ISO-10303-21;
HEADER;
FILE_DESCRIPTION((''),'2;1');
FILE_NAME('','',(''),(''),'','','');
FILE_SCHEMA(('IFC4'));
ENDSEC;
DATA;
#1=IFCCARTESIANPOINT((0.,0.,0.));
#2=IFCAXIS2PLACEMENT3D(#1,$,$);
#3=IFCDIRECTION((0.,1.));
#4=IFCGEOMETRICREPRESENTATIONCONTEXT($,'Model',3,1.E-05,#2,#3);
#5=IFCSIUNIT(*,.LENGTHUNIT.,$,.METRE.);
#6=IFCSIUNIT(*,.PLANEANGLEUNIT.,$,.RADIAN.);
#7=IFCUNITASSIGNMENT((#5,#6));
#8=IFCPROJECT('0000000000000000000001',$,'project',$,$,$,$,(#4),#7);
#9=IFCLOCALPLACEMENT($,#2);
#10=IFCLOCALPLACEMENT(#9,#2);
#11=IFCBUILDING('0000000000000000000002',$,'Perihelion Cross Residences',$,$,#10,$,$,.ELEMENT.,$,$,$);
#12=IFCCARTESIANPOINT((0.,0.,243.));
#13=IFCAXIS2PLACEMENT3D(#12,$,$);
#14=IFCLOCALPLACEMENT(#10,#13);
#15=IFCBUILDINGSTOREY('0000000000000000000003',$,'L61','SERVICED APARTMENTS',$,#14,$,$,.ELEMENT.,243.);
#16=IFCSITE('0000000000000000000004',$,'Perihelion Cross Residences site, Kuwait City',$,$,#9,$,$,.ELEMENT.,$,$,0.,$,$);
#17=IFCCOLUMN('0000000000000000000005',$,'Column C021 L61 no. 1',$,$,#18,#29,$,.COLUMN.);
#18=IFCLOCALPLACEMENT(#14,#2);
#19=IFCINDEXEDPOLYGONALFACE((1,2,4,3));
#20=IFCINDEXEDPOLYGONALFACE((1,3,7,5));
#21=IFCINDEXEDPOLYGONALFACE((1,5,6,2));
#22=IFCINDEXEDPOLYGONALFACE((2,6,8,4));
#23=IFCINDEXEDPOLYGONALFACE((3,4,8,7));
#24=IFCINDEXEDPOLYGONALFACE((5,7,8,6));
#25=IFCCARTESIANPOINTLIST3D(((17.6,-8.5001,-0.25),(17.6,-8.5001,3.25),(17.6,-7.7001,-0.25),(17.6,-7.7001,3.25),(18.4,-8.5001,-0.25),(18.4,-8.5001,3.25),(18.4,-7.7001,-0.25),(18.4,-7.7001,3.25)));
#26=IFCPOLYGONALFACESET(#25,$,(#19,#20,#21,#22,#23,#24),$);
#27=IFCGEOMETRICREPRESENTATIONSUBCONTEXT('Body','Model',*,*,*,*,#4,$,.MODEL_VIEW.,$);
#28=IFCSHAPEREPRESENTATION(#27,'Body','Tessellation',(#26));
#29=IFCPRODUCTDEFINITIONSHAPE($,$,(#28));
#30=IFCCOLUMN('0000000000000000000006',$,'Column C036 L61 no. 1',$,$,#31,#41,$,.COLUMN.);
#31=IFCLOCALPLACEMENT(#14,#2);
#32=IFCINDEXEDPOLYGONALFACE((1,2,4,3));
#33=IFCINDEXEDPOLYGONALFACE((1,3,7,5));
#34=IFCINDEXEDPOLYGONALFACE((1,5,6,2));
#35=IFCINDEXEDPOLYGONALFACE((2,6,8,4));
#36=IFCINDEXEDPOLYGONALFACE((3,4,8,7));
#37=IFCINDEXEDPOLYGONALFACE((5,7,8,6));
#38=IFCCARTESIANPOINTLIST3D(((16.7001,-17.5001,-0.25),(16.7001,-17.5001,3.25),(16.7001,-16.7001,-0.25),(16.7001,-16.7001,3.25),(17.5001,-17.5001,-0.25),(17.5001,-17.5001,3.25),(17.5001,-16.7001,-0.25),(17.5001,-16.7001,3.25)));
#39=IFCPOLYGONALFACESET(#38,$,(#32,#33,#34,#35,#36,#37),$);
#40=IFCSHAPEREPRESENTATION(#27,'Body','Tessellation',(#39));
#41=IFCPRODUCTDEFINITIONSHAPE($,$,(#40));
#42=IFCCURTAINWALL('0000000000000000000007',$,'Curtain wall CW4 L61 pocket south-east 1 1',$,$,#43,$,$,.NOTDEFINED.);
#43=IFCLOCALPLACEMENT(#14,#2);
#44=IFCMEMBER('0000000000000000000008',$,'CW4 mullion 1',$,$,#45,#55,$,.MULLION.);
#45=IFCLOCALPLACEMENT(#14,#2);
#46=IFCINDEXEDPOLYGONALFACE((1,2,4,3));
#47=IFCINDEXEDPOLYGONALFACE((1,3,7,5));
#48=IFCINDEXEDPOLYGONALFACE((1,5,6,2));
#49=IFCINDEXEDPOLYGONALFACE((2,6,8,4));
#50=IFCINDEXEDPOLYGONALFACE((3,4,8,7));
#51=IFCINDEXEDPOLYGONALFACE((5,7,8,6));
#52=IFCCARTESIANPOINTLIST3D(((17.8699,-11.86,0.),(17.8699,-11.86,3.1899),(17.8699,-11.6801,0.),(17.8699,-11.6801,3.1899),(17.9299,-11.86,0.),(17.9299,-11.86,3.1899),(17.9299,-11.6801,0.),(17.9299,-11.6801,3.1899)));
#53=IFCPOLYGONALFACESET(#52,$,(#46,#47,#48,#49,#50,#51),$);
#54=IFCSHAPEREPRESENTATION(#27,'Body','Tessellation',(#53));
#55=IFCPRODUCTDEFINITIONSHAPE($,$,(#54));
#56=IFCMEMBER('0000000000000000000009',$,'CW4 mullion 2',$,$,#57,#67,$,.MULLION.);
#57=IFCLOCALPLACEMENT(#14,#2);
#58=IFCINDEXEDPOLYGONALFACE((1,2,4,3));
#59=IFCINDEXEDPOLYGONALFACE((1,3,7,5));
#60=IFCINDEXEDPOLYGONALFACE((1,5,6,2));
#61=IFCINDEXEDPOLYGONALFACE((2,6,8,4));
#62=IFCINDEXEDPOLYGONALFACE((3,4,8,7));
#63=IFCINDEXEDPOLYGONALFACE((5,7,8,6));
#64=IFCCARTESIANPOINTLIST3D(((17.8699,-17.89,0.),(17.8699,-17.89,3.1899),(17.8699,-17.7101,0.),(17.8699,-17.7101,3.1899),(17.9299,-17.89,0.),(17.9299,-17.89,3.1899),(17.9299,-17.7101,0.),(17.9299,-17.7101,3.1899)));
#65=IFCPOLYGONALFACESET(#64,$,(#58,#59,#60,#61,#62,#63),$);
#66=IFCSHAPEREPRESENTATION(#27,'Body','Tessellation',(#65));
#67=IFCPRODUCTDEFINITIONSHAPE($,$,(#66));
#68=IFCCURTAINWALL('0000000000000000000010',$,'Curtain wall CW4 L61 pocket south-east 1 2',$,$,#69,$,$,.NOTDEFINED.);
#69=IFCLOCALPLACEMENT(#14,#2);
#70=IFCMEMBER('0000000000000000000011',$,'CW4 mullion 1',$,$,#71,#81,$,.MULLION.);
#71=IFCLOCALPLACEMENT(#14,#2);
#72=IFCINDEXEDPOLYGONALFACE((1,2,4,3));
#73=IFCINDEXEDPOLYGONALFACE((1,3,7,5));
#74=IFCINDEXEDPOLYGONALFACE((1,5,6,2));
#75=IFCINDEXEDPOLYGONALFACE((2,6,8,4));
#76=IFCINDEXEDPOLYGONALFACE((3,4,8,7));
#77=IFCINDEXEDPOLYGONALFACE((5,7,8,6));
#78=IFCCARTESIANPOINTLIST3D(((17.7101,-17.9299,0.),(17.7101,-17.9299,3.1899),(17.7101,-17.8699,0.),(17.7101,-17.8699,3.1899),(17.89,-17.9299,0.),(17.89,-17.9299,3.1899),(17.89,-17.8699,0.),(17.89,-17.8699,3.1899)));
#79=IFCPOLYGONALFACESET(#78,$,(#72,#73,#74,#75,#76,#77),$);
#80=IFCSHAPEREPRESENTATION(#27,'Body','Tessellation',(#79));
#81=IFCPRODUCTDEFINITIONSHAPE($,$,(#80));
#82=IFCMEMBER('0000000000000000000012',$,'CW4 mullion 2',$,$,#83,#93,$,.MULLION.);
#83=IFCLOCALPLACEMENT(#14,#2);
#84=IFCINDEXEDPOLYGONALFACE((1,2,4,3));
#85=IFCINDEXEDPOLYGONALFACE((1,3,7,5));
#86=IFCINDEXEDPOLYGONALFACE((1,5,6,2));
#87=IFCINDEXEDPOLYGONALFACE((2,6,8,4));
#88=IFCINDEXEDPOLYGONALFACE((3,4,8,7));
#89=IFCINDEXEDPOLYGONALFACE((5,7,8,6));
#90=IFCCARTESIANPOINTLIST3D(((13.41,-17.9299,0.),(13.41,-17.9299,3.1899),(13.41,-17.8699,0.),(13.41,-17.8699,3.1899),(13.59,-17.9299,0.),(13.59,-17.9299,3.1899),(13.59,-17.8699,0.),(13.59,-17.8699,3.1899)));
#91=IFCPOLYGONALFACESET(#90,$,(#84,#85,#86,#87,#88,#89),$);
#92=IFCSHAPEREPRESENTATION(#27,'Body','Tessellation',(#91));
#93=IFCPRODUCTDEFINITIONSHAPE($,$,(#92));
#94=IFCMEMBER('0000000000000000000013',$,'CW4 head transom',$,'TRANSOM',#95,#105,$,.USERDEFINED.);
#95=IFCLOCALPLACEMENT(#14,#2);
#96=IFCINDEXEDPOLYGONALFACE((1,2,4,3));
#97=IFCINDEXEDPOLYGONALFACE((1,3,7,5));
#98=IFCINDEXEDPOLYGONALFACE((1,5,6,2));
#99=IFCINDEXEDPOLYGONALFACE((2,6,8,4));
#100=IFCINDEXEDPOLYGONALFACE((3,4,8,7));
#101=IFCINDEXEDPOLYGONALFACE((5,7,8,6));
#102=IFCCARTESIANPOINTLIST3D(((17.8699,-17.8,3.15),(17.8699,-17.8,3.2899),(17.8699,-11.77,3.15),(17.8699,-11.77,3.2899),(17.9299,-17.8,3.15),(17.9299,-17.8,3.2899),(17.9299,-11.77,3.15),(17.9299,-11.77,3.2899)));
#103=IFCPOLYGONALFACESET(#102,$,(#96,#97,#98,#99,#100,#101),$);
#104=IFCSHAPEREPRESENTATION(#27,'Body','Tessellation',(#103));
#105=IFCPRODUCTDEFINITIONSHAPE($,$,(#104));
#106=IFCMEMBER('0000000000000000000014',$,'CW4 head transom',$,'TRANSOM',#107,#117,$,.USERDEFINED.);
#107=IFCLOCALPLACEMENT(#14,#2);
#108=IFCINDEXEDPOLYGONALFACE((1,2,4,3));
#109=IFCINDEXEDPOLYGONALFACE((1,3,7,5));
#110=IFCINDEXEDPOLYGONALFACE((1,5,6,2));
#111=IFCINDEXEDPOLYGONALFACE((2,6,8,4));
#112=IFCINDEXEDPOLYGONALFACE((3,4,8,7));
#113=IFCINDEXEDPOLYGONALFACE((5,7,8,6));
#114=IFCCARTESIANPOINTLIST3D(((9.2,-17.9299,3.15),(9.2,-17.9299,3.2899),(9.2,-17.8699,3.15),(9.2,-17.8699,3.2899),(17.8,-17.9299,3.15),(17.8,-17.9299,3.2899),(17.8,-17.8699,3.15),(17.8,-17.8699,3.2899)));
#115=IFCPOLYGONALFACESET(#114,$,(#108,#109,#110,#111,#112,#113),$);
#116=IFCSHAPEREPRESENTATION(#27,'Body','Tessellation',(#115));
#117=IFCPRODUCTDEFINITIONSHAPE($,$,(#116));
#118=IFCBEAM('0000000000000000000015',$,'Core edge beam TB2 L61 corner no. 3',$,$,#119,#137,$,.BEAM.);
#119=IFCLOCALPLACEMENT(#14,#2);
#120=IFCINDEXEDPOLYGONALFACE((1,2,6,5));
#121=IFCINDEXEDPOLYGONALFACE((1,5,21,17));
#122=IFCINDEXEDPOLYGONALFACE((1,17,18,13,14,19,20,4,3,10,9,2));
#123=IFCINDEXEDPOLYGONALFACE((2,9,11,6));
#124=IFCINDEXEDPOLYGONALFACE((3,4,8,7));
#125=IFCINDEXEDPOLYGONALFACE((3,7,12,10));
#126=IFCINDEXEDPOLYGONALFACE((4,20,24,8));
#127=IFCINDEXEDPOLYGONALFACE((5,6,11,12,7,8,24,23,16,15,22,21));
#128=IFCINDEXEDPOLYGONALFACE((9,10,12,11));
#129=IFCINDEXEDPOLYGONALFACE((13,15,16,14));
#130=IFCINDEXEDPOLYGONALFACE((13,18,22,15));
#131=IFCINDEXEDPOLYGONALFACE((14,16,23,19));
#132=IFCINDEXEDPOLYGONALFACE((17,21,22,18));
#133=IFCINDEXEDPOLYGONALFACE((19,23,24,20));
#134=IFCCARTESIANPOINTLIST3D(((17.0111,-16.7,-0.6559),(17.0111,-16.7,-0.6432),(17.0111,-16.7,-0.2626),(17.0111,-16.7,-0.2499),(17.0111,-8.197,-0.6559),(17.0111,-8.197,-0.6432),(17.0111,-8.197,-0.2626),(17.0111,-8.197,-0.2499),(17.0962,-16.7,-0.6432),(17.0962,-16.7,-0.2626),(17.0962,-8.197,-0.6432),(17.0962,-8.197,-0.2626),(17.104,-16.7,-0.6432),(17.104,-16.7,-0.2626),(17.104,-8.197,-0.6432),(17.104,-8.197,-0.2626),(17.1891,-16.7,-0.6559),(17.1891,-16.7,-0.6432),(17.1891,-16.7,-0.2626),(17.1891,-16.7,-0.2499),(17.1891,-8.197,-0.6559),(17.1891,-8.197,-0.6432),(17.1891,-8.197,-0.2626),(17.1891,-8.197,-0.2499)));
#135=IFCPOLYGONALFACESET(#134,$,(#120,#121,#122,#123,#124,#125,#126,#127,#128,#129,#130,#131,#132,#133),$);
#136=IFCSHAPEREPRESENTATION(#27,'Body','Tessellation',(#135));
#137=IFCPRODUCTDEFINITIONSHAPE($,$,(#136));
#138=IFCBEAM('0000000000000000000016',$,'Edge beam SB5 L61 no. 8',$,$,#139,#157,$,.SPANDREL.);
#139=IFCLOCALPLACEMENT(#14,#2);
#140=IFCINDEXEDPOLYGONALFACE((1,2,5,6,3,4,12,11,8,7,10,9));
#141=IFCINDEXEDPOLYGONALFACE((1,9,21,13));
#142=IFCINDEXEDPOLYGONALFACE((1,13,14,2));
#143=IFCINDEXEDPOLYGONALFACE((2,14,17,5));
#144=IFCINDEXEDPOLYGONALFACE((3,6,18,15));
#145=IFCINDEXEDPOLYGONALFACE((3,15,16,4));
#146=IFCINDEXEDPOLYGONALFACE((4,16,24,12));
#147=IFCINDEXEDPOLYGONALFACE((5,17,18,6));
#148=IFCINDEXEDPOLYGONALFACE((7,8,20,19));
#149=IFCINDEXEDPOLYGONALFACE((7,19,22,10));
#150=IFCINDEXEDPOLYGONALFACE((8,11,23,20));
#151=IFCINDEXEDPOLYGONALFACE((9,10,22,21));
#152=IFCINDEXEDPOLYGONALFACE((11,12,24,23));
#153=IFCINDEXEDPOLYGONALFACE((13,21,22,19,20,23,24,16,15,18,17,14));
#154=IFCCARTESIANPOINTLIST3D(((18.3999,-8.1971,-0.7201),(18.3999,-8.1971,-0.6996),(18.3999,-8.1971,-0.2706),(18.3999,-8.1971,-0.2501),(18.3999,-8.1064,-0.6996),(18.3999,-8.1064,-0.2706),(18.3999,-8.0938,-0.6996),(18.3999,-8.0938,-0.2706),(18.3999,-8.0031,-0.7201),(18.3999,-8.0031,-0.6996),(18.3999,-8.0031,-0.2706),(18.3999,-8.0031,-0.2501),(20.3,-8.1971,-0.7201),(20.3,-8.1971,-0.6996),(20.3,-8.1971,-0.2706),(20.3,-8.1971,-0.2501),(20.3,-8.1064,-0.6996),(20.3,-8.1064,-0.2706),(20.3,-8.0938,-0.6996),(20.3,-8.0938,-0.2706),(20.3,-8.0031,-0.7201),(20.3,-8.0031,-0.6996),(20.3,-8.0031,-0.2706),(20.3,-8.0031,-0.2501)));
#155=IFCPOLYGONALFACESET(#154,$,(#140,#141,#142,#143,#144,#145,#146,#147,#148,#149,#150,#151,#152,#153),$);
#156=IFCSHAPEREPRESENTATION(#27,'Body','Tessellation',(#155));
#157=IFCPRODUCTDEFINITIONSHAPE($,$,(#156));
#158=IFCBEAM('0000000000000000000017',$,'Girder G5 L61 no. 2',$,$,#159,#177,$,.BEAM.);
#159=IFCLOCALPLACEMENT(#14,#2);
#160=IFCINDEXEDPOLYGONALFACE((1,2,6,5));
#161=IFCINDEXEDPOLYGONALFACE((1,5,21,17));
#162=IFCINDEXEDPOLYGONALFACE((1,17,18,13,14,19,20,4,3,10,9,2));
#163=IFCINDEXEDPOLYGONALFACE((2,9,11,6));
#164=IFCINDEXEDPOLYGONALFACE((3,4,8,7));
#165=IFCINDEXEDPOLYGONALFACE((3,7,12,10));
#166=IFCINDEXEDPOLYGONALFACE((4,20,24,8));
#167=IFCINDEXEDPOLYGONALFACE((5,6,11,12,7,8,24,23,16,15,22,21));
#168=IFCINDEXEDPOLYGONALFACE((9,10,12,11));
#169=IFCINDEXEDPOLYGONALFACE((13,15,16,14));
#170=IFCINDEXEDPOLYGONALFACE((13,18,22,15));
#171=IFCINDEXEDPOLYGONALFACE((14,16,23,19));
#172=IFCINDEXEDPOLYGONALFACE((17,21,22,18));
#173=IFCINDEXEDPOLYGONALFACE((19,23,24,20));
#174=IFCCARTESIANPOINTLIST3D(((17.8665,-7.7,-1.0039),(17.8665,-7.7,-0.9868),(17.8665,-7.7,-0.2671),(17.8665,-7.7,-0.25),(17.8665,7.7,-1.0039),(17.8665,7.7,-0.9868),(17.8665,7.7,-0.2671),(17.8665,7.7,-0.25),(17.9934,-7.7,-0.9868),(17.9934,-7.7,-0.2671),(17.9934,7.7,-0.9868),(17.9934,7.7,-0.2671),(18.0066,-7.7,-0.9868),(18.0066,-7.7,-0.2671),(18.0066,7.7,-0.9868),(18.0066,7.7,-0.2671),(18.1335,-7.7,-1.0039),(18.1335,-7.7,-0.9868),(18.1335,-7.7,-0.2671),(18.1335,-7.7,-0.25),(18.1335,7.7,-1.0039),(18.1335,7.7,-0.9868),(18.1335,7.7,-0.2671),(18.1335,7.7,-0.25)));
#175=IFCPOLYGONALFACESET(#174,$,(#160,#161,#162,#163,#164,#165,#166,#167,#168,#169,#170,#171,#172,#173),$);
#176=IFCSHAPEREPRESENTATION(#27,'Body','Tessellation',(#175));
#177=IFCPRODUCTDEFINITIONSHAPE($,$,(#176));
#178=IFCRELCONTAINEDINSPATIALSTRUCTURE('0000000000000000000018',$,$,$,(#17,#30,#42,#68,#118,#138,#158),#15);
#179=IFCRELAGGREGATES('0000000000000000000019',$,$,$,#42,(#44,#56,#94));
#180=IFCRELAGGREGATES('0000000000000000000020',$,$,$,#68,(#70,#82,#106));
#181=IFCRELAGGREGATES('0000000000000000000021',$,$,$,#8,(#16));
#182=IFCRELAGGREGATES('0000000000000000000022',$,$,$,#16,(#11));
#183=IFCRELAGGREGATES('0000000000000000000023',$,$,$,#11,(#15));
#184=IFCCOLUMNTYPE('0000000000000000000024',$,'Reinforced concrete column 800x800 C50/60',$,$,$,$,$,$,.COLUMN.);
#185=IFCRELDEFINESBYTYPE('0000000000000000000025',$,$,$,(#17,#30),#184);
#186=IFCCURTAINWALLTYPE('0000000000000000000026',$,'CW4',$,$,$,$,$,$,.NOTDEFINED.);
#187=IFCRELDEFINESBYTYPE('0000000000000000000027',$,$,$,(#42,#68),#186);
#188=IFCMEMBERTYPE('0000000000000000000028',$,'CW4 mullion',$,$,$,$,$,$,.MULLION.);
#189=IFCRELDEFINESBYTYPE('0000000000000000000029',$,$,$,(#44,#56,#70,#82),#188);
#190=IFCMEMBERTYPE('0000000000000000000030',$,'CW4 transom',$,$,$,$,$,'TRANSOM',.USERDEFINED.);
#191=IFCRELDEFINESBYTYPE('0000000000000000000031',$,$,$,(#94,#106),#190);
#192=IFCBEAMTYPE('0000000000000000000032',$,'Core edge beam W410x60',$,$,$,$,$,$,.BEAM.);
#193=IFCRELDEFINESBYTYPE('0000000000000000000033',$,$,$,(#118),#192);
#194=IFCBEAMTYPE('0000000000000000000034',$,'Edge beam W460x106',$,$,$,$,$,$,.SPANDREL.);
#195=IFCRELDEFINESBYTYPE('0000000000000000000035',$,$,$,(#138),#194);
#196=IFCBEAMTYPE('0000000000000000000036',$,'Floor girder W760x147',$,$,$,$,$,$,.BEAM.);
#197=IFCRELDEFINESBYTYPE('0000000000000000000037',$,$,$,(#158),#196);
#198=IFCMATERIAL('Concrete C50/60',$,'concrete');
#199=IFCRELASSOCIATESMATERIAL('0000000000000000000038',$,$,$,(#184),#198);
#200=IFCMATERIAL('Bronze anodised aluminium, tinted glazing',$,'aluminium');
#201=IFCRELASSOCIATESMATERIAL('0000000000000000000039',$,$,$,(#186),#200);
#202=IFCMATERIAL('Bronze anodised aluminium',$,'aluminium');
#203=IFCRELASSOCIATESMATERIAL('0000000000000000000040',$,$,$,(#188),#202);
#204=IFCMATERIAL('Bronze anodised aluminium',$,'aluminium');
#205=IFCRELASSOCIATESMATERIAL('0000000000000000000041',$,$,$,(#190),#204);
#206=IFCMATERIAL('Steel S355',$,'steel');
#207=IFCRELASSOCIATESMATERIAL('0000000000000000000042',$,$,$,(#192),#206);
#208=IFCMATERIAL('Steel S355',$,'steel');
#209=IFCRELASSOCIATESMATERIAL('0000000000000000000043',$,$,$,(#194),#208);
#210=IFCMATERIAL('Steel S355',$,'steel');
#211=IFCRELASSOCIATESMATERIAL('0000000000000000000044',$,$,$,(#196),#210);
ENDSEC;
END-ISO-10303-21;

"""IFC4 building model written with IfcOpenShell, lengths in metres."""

from ifc_helpers import new_model, si_unit, direction, frame, origin, origin_2d, place, context, subcontext, project, spatial, rectangle, i_section, extrude, material, material_profile, profile_set, type_object, element, aggregate, save


model = new_model("IFC4")

# Units and contexts
model_context = context("Model", 3, precision=1e-05, world=origin(), true_north=direction((0.0, 1.0)))
body_context = subcontext(model_context, "Body", "Model", "MODEL_VIEW")
ifc_project = project(units=[si_unit("LENGTHUNIT", "METRE"), si_unit("PLANEANGLEUNIT", "RADIAN")], contexts=[model_context])

# Site, building, storey
site_placement = place(None, origin())
site = spatial("IfcSite", under=ifc_project, at=site_placement, Name="Perihelion Cross Residences site, Kuwait City", CompositionType="ELEMENT", RefElevation=0.0)
building_placement = place(site_placement, origin())
building = spatial("IfcBuilding", under=site, at=building_placement, Name="Perihelion Cross Residences", CompositionType="ELEMENT")
storey_placement = place(building_placement, frame((0.0, 0.0, 243.0)))
storey = spatial("IfcBuildingStorey", under=building, at=storey_placement, Name="L61", Description="SERVICED APARTMENTS", CompositionType="ELEMENT", Elevation=243.0)

# Columns
ifc_material_1 = material(Name="Concrete C50/60", Category="concrete")
ifc_material_profile_1 = material_profile(ifc_material_1, rectangle(XDim=0.8, YDim=0.8, at=origin_2d()), Name="RC 800x800")
ifc_profile_set_1 = profile_set([ifc_material_profile_1], Name="Concrete C50/60")
column_type = type_object("IfcColumnType", Name="Reinforced concrete column 800x800 C50/60", PredefinedType="COLUMN", material=ifc_profile_set_1)
for number, where, z_axis, x_axis, name in (
    (1, (18.0, -8.1001, -0.25), (0.0, 0.0, 1.0), (1.0, 0.0, 0.0), "Column C021 L61 no. 1"),
    (2, (17.1001, -17.1001, -0.25), (0.0, 0.0, 1.0), (1.0, 0.0, 0.0), "Column C036 L61 no. 1"),
):
    element("IfcColumn", number, at=place(storey_placement, frame(where, z_axis=z_axis, x_axis=x_axis)), inside=storey, type_object=column_type, Name=name, PredefinedType="COLUMN", context=body_context, shape_type="SweptSolid", body=[
        extrude(rectangle(XDim=0.8, YDim=0.8, at=origin_2d()), origin(), (0.0, 0.0, 1.0), 3.5),
    ])

# Curtain walls, members
ifc_material_2 = material(Name="Bronze anodised aluminium, tinted glazing", Category="aluminium")
curtain_wall_type_1 = type_object("IfcCurtainWallType", Name="CW4", PredefinedType="NOTDEFINED", material=ifc_material_2)
curtain_wall_1_placement = place(storey_placement, origin())
curtain_wall_1 = element("IfcCurtainWall", 3, at=curtain_wall_1_placement, inside=storey, type_object=curtain_wall_type_1, Name="Curtain wall CW4 L61 pocket south-east 1 1", PredefinedType="NOTDEFINED")
ifc_material_3 = material(Name="Bronze anodised aluminium", Category="aluminium")
ifc_material_profile_2 = material_profile(ifc_material_3, rectangle(XDim=0.0601, YDim=0.1799, at=origin_2d()), Name="CW4 mullion")
ifc_profile_set_2 = profile_set([ifc_material_profile_2], Name="Bronze anodised aluminium")
member_type_1 = type_object("IfcMemberType", Name="CW4 mullion", PredefinedType="MULLION", material=ifc_profile_set_2)
member_1_placement = place(storey_placement, frame((17.8999, -11.77, 0.0), z_axis=(0.0, 0.0, 1.0), x_axis=(1.0, 0.0, 0.0)))
member_1 = element("IfcMember", 4, at=member_1_placement, type_object=member_type_1, Name="CW4 mullion 1", PredefinedType="MULLION", context=body_context, shape_type="SweptSolid", body=[
    extrude(rectangle(XDim=0.0601, YDim=0.1799, at=origin_2d()), origin(), (0.0, 0.0, 1.0), 3.1899),
])
member_2_placement = place(storey_placement, frame((17.8999, -17.8, 0.0), z_axis=(0.0, 0.0, 1.0), x_axis=(1.0, 0.0, 0.0)))
member_2 = element("IfcMember", 5, at=member_2_placement, type_object=member_type_1, Name="CW4 mullion 2", PredefinedType="MULLION", context=body_context, shape_type="SweptSolid", body=[
    extrude(rectangle(XDim=0.0601, YDim=0.1799, at=origin_2d()), origin(), (0.0, 0.0, 1.0), 3.1899),
])
curtain_wall_2_placement = place(storey_placement, origin())
curtain_wall_2 = element("IfcCurtainWall", 6, at=curtain_wall_2_placement, inside=storey, type_object=curtain_wall_type_1, Name="Curtain wall CW4 L61 pocket south-east 1 2", PredefinedType="NOTDEFINED")
member_3_placement = place(storey_placement, frame((17.8, -17.8999, 0.0), z_axis=(0.0, 0.0, 1.0), x_axis=(0.0, -1.0, 0.0)))
member_3 = element("IfcMember", 7, at=member_3_placement, type_object=member_type_1, Name="CW4 mullion 1", PredefinedType="MULLION", context=body_context, shape_type="SweptSolid", body=[
    extrude(rectangle(XDim=0.0601, YDim=0.1799, at=origin_2d()), origin(), (0.0, 0.0, 1.0), 3.1899),
])
member_4_placement = place(storey_placement, frame((13.5, -17.8999, 0.0), z_axis=(0.0, 0.0, 1.0), x_axis=(0.0, -1.0, 0.0)))
member_4 = element("IfcMember", 8, at=member_4_placement, type_object=member_type_1, Name="CW4 mullion 2", PredefinedType="MULLION", context=body_context, shape_type="SweptSolid", body=[
    extrude(rectangle(XDim=0.0601, YDim=0.1799, at=origin_2d()), origin(), (0.0, 0.0, 1.0), 3.1899),
])

# Members
ifc_material_4 = material(Name="Bronze anodised aluminium", Category="aluminium")
ifc_material_profile_3 = material_profile(ifc_material_4, rectangle(XDim=0.0601, YDim=0.1399, at=origin_2d()), Name="CW4 transom")
ifc_profile_set_3 = profile_set([ifc_material_profile_3], Name="Bronze anodised aluminium")
member_type_2 = type_object("IfcMemberType", Name="CW4 transom", ElementType="TRANSOM", PredefinedType="USERDEFINED", material=ifc_profile_set_3)
member_5_placement = place(storey_placement, frame((17.8999, -11.77, 3.22), z_axis=(0.0, -1.0, 0.0), x_axis=(1.0, 0.0, 0.0)))
member_5 = element("IfcMember", 9, at=member_5_placement, type_object=member_type_2, Name="CW4 head transom", ObjectType="TRANSOM", PredefinedType="USERDEFINED", context=body_context, shape_type="SweptSolid", body=[
    extrude(rectangle(XDim=0.0601, YDim=0.1399, at=origin_2d()), origin(), (0.0, 0.0, 1.0), 6.03),
])
member_6_placement = place(storey_placement, frame((17.8, -17.8999, 3.22), z_axis=(-1.0, 0.0, 0.0), x_axis=(0.0, -1.0, 0.0)))
member_6 = element("IfcMember", 10, at=member_6_placement, type_object=member_type_2, Name="CW4 head transom", ObjectType="TRANSOM", PredefinedType="USERDEFINED", context=body_context, shape_type="SweptSolid", body=[
    extrude(rectangle(XDim=0.0601, YDim=0.1399, at=origin_2d()), origin(), (0.0, 0.0, 1.0), 8.6001),
])

# Beams
ifc_material_5 = material(Name="Steel S355", Category="steel")
ifc_material_profile_4 = material_profile(ifc_material_5, i_section(OverallWidth=0.178, OverallDepth=0.406, WebThickness=0.0078, FlangeThickness=0.0127, at=origin_2d()), Name="W410x60")
ifc_profile_set_4 = profile_set([ifc_material_profile_4], Name="Steel S355")
beam_type_1 = type_object("IfcBeamType", Name="Core edge beam W410x60", PredefinedType="BEAM", material=ifc_profile_set_4)
beam_1_placement = place(storey_placement, frame((17.1001, -8.197, -0.4529), z_axis=(0.0, -1.0, 0.0), x_axis=(1.0, 0.0, 0.0)))
element("IfcBeam", 11, at=beam_1_placement, inside=storey, type_object=beam_type_1, Name="Core edge beam TB2 L61 corner no. 3", PredefinedType="BEAM", context=body_context, shape_type="SweptSolid", body=[
    extrude(i_section(OverallWidth=0.178, OverallDepth=0.406, WebThickness=0.0078, FlangeThickness=0.0127, at=origin_2d()), origin(), (0.0, 0.0, 1.0), 8.5029),
])
ifc_material_6 = material(Name="Steel S355", Category="steel")
ifc_material_profile_5 = material_profile(ifc_material_6, i_section(OverallWidth=0.1941, OverallDepth=0.47, WebThickness=0.0127, FlangeThickness=0.0205, at=origin_2d()), Name="W460x106")
ifc_profile_set_5 = profile_set([ifc_material_profile_5], Name="Steel S355")
beam_type_2 = type_object("IfcBeamType", Name="Edge beam W460x106", PredefinedType="SPANDREL", material=ifc_profile_set_5)
beam_2_placement = place(storey_placement, frame((18.3999, -8.1001, -0.4851), z_axis=(1.0, 0.0, 0.0), x_axis=(0.0, 1.0, 0.0)))
element("IfcBeam", 12, at=beam_2_placement, inside=storey, type_object=beam_type_2, Name="Edge beam SB5 L61 no. 8", PredefinedType="SPANDREL", context=body_context, shape_type="SweptSolid", body=[
    extrude(i_section(OverallWidth=0.1941, OverallDepth=0.47, WebThickness=0.0127, FlangeThickness=0.0205, at=origin_2d()), origin(), (0.0, 0.0, 1.0), 1.9001),
])
ifc_material_7 = material(Name="Steel S355", Category="steel")
ifc_material_profile_6 = material_profile(ifc_material_7, i_section(OverallWidth=0.2671, OverallDepth=0.7539, WebThickness=0.0132, FlangeThickness=0.0171, at=origin_2d()), Name="W760x147")
ifc_profile_set_6 = profile_set([ifc_material_profile_6], Name="Steel S355")
beam_type_3 = type_object("IfcBeamType", Name="Floor girder W760x147", PredefinedType="BEAM", material=ifc_profile_set_6)
beam_3_placement = place(storey_placement, frame((18.0, -7.7, -0.627), z_axis=(0.0, 1.0, 0.0), x_axis=(-1.0, 0.0, 0.0)))
element("IfcBeam", 13, at=beam_3_placement, inside=storey, type_object=beam_type_3, Name="Girder G5 L61 no. 2", PredefinedType="BEAM", context=body_context, shape_type="SweptSolid", body=[
    extrude(i_section(OverallWidth=0.2671, OverallDepth=0.7539, WebThickness=0.0132, FlangeThickness=0.0171, at=origin_2d()), origin(), (0.0, 0.0, 1.0), 15.3999),
])

aggregate(curtain_wall_1, [member_1, member_2, member_5])
aggregate(curtain_wall_2, [member_3, member_4, member_6])

save(model, "model.ifc")
